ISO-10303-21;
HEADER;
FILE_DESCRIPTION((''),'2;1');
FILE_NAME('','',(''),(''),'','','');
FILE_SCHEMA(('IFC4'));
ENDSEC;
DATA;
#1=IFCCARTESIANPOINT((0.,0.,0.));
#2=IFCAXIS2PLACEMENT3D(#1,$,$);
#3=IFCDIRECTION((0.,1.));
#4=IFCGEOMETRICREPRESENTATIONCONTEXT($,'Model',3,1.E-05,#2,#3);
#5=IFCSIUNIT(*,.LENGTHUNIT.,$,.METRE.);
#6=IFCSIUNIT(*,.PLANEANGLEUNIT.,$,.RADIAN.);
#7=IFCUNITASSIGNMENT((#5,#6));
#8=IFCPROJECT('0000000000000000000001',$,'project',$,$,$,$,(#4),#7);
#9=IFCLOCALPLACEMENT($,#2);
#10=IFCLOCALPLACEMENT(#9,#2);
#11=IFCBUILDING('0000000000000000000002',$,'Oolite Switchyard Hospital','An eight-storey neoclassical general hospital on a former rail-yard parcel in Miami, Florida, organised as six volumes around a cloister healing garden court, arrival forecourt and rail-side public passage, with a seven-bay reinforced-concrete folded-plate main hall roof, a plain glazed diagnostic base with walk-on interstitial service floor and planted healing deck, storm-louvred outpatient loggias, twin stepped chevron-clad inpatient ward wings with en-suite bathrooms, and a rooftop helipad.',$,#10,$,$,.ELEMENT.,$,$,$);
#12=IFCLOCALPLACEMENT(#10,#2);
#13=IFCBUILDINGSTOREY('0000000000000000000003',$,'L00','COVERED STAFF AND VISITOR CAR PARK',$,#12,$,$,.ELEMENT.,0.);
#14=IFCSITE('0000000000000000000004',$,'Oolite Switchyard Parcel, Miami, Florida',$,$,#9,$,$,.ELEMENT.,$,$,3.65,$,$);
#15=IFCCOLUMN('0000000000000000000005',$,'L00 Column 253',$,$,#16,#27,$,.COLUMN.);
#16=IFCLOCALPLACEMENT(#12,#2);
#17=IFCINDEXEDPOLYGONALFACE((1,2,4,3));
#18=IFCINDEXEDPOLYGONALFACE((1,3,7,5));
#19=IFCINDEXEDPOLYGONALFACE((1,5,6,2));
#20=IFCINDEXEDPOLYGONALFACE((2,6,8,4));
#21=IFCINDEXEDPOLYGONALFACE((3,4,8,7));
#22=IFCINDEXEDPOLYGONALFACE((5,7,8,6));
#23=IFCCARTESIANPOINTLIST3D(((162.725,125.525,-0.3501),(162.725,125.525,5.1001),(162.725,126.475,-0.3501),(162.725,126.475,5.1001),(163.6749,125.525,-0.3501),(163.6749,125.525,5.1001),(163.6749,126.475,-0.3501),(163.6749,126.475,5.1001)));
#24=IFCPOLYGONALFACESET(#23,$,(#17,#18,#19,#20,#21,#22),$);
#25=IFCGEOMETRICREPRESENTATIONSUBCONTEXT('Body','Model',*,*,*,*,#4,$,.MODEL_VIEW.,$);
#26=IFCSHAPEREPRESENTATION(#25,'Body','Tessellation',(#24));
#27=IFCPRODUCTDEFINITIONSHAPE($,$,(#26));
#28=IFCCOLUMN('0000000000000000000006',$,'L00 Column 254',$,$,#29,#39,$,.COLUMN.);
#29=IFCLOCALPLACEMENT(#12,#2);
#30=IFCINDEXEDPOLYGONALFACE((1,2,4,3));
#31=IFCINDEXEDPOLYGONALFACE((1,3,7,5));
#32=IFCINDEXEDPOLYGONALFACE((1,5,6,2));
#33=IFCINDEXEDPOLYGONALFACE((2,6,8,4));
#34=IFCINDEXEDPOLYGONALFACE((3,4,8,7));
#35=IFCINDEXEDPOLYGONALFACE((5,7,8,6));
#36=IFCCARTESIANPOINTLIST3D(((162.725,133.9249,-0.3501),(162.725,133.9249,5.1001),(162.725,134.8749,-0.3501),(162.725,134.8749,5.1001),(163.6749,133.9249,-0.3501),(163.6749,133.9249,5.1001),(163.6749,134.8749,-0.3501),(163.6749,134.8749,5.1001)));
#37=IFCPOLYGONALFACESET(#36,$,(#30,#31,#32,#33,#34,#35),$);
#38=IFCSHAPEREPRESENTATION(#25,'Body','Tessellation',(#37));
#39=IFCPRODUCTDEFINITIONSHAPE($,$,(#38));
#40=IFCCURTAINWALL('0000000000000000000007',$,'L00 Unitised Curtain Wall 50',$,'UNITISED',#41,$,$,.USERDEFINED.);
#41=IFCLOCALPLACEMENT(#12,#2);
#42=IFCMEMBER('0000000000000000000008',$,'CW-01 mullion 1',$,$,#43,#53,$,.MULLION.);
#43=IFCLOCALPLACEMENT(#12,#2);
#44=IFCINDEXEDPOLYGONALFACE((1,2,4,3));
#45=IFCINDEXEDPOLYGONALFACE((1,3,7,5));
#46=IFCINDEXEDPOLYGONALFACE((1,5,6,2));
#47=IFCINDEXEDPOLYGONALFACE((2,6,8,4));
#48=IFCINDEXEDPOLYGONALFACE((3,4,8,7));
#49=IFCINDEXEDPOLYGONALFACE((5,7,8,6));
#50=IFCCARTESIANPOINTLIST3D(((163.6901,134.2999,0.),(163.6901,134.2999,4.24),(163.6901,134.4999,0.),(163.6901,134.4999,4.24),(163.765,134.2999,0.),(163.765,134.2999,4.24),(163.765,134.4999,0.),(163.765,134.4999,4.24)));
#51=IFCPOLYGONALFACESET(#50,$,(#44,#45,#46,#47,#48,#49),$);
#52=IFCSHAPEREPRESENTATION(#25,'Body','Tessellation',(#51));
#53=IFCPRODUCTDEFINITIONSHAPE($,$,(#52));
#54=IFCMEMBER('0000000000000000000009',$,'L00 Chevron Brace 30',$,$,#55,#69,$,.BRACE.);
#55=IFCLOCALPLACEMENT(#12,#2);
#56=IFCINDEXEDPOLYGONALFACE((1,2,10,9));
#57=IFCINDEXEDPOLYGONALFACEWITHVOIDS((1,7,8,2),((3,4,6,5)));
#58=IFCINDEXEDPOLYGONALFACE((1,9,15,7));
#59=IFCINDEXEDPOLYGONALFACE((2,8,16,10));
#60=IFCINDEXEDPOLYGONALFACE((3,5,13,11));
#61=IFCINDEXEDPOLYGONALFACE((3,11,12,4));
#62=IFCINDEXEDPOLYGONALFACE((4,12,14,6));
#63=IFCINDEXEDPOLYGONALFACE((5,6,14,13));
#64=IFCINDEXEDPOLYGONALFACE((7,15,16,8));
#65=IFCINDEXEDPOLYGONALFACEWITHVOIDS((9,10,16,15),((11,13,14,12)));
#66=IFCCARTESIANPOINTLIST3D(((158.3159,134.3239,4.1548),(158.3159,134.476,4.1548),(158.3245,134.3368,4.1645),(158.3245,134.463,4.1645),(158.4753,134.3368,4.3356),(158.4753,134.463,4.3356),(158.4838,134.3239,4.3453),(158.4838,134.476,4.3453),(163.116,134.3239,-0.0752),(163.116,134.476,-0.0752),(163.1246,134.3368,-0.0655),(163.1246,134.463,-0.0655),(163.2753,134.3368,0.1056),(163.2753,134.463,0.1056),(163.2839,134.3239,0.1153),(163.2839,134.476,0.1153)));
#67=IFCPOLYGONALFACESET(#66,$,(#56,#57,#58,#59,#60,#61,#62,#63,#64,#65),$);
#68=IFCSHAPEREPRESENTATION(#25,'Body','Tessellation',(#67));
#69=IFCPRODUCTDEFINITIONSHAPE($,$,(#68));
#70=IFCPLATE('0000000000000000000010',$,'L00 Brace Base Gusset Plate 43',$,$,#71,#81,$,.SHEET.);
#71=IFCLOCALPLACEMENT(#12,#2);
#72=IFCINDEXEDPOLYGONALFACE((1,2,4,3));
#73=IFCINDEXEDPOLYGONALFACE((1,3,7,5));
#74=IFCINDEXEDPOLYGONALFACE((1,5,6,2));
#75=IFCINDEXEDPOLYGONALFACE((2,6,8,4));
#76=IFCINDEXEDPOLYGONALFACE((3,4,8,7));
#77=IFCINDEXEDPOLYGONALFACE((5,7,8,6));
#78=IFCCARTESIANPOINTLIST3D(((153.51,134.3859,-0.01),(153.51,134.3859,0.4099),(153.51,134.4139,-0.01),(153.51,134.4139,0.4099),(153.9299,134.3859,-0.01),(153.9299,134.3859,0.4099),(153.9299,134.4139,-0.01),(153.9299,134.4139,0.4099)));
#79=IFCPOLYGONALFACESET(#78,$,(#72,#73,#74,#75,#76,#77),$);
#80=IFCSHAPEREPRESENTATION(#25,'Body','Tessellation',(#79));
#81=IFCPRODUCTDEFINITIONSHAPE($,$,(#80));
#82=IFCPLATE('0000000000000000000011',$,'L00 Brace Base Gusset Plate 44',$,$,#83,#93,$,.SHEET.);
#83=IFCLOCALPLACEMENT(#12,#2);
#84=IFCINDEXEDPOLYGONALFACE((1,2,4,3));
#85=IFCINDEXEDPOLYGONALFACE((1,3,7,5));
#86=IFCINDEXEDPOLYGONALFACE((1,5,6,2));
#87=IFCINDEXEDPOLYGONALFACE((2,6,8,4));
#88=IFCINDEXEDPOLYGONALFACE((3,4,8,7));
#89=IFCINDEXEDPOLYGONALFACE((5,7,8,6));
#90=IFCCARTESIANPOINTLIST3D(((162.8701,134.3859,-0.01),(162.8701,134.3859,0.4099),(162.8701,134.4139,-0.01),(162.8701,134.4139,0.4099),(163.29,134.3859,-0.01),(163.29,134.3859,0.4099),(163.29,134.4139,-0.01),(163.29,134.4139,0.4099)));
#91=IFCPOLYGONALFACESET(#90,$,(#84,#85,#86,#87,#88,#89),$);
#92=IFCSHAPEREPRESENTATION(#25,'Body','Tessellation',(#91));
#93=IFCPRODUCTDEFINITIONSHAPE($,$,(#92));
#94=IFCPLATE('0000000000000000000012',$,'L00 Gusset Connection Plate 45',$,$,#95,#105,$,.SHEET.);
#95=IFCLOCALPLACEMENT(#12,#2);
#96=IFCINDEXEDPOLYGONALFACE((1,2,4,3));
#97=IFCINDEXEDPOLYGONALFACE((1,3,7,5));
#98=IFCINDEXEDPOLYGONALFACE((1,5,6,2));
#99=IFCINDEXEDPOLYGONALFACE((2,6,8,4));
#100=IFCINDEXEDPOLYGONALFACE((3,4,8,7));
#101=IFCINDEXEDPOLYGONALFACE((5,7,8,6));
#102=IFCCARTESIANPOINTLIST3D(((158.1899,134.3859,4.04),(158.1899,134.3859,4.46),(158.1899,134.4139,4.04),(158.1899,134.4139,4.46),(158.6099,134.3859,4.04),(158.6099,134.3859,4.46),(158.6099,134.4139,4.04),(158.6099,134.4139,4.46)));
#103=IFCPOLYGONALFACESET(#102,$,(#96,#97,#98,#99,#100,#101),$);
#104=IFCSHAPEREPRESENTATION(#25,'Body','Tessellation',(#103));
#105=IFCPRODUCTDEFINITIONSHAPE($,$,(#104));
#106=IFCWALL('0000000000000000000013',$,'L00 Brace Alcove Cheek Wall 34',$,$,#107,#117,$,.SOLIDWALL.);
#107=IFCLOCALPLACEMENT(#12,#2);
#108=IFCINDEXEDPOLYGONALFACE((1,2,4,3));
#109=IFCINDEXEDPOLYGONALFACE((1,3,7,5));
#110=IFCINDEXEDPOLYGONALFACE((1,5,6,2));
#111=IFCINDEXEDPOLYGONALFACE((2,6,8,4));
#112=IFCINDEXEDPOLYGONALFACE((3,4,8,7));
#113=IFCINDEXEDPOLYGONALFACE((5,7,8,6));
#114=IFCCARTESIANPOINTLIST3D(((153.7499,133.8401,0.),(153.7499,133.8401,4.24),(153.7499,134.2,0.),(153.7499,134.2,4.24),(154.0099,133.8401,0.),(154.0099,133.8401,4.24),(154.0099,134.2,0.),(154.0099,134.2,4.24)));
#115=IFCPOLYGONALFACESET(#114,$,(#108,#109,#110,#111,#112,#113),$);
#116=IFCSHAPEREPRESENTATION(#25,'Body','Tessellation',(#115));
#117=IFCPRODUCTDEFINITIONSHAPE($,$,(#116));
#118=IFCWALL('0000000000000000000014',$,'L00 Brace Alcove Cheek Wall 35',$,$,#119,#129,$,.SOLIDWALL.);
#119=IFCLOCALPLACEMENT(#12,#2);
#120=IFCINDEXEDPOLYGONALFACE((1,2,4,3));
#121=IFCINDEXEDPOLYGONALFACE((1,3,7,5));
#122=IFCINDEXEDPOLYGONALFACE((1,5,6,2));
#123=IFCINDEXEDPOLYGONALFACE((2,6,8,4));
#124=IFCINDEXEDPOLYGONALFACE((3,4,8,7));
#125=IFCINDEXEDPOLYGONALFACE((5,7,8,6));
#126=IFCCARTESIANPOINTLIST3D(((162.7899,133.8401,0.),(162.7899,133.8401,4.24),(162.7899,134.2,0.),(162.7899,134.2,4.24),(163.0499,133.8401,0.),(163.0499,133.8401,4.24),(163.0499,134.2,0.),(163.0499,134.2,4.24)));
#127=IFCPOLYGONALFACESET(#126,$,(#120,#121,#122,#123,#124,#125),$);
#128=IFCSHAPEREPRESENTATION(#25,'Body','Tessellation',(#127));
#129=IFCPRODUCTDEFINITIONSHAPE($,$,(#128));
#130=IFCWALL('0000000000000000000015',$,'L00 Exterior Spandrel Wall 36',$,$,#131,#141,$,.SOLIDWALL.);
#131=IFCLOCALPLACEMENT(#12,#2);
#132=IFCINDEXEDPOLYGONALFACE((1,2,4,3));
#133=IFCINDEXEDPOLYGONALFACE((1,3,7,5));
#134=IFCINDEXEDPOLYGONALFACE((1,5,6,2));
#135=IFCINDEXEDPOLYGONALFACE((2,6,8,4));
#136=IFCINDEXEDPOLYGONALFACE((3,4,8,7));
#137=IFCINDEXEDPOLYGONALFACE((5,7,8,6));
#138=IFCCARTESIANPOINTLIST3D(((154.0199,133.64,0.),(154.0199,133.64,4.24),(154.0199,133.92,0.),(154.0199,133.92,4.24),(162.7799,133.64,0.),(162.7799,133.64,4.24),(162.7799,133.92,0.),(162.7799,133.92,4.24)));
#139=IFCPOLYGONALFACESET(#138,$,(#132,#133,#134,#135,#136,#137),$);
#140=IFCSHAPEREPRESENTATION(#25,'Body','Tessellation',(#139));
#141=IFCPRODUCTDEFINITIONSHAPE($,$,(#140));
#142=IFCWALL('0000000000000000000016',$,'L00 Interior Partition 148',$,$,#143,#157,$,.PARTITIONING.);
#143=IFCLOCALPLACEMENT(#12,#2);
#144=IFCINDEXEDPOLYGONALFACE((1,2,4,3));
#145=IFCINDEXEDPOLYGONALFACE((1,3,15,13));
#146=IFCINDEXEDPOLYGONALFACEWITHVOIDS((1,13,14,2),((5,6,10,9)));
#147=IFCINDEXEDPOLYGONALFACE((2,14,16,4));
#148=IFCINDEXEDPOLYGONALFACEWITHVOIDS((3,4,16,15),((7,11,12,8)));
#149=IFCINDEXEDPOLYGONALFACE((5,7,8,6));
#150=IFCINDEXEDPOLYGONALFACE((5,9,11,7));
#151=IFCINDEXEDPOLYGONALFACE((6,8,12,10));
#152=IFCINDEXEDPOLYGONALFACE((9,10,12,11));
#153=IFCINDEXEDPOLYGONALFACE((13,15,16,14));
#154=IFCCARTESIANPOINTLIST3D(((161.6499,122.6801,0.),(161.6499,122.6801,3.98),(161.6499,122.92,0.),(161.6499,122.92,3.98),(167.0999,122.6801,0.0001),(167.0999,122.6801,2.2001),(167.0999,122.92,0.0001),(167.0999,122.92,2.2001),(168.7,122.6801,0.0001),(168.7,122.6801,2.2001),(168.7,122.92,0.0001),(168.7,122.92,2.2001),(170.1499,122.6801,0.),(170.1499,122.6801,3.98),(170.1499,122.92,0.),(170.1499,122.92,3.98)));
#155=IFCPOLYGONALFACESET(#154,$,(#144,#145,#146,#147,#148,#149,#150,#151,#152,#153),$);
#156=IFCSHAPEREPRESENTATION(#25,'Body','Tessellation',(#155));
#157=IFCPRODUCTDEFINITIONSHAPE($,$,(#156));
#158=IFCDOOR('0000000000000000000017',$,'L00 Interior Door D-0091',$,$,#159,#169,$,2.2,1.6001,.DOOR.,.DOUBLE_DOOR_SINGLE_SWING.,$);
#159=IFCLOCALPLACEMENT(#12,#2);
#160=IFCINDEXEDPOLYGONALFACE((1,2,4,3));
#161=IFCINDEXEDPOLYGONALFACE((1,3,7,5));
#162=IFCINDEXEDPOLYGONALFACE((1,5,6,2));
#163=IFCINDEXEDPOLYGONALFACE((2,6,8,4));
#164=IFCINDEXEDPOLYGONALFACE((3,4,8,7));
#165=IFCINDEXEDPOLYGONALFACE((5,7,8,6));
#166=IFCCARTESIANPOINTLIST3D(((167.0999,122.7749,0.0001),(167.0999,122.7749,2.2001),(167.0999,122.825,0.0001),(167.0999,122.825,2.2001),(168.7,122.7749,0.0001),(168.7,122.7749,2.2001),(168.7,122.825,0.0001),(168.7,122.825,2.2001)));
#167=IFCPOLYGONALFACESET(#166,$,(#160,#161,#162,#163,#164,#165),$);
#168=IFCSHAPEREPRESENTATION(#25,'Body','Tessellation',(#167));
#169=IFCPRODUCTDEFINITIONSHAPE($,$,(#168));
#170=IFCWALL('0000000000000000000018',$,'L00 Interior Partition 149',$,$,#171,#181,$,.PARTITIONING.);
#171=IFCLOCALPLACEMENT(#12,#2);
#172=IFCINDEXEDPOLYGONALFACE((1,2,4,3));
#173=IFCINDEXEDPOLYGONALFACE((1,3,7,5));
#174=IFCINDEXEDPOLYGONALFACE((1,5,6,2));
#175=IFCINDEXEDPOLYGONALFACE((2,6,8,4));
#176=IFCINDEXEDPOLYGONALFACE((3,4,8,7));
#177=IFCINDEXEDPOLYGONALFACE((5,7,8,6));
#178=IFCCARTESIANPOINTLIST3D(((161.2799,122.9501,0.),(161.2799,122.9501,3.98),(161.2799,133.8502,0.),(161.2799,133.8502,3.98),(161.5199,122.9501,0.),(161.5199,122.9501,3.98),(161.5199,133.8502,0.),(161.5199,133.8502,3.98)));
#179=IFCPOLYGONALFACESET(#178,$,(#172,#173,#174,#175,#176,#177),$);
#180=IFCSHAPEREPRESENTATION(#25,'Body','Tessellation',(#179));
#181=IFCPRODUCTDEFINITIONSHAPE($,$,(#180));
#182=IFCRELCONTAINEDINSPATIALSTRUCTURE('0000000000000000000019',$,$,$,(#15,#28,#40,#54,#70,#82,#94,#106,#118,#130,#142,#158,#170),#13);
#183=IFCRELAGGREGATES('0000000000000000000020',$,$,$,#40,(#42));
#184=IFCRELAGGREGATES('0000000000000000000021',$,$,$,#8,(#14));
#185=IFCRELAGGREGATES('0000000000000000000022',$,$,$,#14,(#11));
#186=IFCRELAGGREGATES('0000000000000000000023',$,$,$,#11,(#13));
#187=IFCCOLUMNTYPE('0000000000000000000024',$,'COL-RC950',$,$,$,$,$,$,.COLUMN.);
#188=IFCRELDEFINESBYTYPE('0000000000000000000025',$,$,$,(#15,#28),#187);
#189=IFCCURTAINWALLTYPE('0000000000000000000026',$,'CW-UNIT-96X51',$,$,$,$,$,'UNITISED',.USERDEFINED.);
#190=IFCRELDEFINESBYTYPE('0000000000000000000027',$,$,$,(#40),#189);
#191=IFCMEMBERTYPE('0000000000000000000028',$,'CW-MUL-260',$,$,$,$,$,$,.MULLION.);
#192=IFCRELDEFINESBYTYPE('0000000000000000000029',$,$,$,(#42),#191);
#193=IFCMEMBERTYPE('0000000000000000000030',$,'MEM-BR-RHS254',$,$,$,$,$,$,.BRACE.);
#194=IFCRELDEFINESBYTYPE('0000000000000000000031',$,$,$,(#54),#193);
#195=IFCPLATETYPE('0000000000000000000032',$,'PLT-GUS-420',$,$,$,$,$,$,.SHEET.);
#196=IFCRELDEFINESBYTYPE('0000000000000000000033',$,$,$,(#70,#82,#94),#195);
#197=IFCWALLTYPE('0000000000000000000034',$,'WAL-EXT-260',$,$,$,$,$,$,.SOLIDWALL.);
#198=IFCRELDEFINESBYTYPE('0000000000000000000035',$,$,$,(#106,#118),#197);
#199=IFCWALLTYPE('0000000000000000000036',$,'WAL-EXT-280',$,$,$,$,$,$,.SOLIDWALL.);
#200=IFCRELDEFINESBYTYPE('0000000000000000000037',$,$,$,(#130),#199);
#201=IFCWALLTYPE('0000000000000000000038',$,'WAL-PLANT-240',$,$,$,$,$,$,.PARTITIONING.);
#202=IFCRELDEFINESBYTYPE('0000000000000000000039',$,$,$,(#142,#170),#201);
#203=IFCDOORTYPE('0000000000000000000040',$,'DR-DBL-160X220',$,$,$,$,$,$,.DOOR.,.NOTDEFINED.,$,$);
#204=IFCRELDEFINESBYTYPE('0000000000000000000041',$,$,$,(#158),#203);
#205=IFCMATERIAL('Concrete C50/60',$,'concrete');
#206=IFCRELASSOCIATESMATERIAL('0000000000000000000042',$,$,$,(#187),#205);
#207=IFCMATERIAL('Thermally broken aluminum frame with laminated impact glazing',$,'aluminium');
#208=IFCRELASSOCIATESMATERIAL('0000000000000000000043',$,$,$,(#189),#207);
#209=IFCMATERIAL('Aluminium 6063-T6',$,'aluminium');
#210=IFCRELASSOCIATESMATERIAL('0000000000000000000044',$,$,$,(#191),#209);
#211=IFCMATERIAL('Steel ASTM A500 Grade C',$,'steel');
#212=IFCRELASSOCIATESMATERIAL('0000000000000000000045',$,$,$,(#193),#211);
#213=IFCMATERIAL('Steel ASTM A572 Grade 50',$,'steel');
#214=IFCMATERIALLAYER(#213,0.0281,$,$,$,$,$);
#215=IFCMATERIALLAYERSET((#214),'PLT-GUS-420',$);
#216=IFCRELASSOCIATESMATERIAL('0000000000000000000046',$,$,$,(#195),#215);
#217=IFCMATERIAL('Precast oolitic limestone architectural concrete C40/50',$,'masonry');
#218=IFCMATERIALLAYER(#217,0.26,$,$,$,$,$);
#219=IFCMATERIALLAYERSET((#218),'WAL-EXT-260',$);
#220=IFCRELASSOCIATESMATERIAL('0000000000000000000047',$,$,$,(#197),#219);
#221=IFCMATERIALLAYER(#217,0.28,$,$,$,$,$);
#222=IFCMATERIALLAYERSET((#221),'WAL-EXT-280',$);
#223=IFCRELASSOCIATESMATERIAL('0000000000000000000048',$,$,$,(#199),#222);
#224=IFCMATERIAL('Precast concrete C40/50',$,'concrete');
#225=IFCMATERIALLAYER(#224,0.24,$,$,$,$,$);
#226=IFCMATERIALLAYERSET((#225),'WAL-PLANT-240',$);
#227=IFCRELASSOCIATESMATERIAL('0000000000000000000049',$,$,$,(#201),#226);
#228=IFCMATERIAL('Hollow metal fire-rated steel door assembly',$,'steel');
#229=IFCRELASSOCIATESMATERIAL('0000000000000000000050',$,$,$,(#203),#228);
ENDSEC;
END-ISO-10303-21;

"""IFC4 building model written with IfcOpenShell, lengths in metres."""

from ifc_helpers import new_model, si_unit, direction, frame, frame_2d, origin, origin_2d, place, context, subcontext, project, spatial, rectangle, hollow_rectangle, extrude, material, layer, layer_set, material_profile, profile_set, type_object, element, fill, aggregate, save


model = new_model("IFC4")

# Units and contexts
model_context = context("Model", 3, precision=1e-05, world=origin(), true_north=direction((0.0, 1.0)))
body_context = subcontext(model_context, "Body", "Model", "MODEL_VIEW")
ifc_project = project(units=[si_unit("LENGTHUNIT", "METRE"), si_unit("PLANEANGLEUNIT", "RADIAN")], contexts=[model_context])

# Site, building, storey
site_placement = place(None, origin())
site = spatial("IfcSite", under=ifc_project, at=site_placement, Name="Oolite Switchyard Parcel, Miami, Florida", CompositionType="ELEMENT", RefElevation=3.65)
building_placement = place(site_placement, origin())
building = spatial("IfcBuilding", under=site, at=building_placement, Name="Oolite Switchyard Hospital", Description="An eight-storey neoclassical general hospital on a former rail-yard parcel in Miami, Florida, organised as six volumes around a cloister healing garden court, arrival forecourt and rail-side public passage, with a seven-bay reinforced-concrete folded-plate main hall roof, a plain glazed diagnostic base with walk-on interstitial service floor and planted healing deck, storm-louvred outpatient loggias, twin stepped chevron-clad inpatient ward wings with en-suite bathrooms, and a rooftop helipad.", CompositionType="ELEMENT")
storey_placement = place(building_placement, origin())
storey = spatial("IfcBuildingStorey", under=building, at=storey_placement, Name="L00", Description="COVERED STAFF AND VISITOR CAR PARK", CompositionType="ELEMENT", Elevation=0.0)

# Columns
ifc_material_1 = material(Name="Concrete C50/60", Category="concrete")
ifc_material_profile_1 = material_profile(ifc_material_1, rectangle(XDim=0.95, YDim=0.95, at=origin_2d()), Name="RC950X950")
ifc_profile_set_1 = profile_set([ifc_material_profile_1], Name="Concrete C50/60")
column_type = type_object("IfcColumnType", Name="COL-RC950", PredefinedType="COLUMN", material=ifc_profile_set_1)
for number, where, z_axis, x_axis, name in (
    (1, (163.2, 126.0, -0.3501), (0.0, 0.0, 1.0), (1.0, 0.0, 0.0), "L00 Column 253"),
    (2, (163.2, 134.3999, -0.3501), (0.0, 0.0, 1.0), (1.0, 0.0, 0.0), "L00 Column 254"),
):
    element("IfcColumn", number, at=place(storey_placement, frame(where, z_axis=z_axis, x_axis=x_axis)), inside=storey, type_object=column_type, Name=name, PredefinedType="COLUMN", context=body_context, shape_type="SweptSolid", body=[
        extrude(rectangle(XDim=0.95, YDim=0.95, at=origin_2d()), origin(), (0.0, 0.0, 1.0), 5.4502),
    ])

# Curtain wall, member
ifc_material_2 = material(Name="Thermally broken aluminum frame with laminated impact glazing", Category="aluminium")
curtain_wall_type = type_object("IfcCurtainWallType", Name="CW-UNIT-96X51", ElementType="UNITISED", PredefinedType="USERDEFINED", material=ifc_material_2)
curtain_wall_placement = place(storey_placement, origin())
curtain_wall = element("IfcCurtainWall", 3, at=curtain_wall_placement, inside=storey, type_object=curtain_wall_type, Name="L00 Unitised Curtain Wall 50", ObjectType="UNITISED", PredefinedType="USERDEFINED")
ifc_material_3 = material(Name="Aluminium 6063-T6", Category="aluminium")
ifc_material_profile_2 = material_profile(ifc_material_3, rectangle(XDim=0.2, YDim=0.075, at=origin_2d()), Name="CWM75X200")
ifc_profile_set_2 = profile_set([ifc_material_profile_2], Name="Aluminium 6063-T6")
member_type_1 = type_object("IfcMemberType", Name="CW-MUL-260", PredefinedType="MULLION", material=ifc_profile_set_2)
member_1_placement = place(storey_placement, frame((163.7275, 134.3999, 0.0), z_axis=(0.0, 0.0, 1.0), x_axis=(0.0, 1.0, 0.0)))
member_1 = element("IfcMember", 4, at=member_1_placement, type_object=member_type_1, Name="CW-01 mullion 1", PredefinedType="MULLION", context=body_context, shape_type="SweptSolid", body=[
    extrude(rectangle(XDim=0.2, YDim=0.075, at=origin_2d()), origin(), (0.0, 0.0, 1.0), 4.24),
])
aggregate(curtain_wall, [member_1])

# Member
ifc_material_4 = material(Name="Steel ASTM A500 Grade C", Category="steel")
ifc_material_profile_3 = material_profile(ifc_material_4, hollow_rectangle(XDim=0.1521, YDim=0.2539, WallThickness=0.0129, at=origin_2d()), Name="HSS254X152X13")
ifc_profile_set_3 = profile_set([ifc_material_profile_3], Name="Steel ASTM A500 Grade C")
member_type_2 = type_object("IfcMemberType", Name="MEM-BR-RHS254", PredefinedType="BRACE", material=ifc_profile_set_3)
member_2_placement = place(storey_placement, frame((163.2, 134.3999, 0.02), z_axis=(-0.750253, 0.0, 0.661151), x_axis=(0.0, -1.0, 0.0)))
element("IfcMember", 5, at=member_2_placement, inside=storey, type_object=member_type_2, Name="L00 Chevron Brace 30", PredefinedType="BRACE", context=body_context, shape_type="SweptSolid", body=[
    extrude(hollow_rectangle(XDim=0.1521, YDim=0.2539, WallThickness=0.0129, at=origin_2d()), origin(), (0.0, 0.0, 1.0), 6.3979),
])

# Plates
ifc_material_5 = material(Name="Steel ASTM A572 Grade 50", Category="steel")
ifc_layer_1 = layer(ifc_material_5, 0.0281)
ifc_layer_set_1 = layer_set([ifc_layer_1], Name="PLT-GUS-420")
plate_type = type_object("IfcPlateType", Name="PLT-GUS-420", PredefinedType="SHEET", material=ifc_layer_set_1)
for number, where, z_axis, x_axis, name in (
    (6, (153.72, 134.3999, -0.01), (0.0, 0.0, 1.0), (1.0, 0.0, 0.0), "L00 Brace Base Gusset Plate 43"),
    (7, (163.0801, 134.3999, -0.01), (0.0, 0.0, 1.0), (1.0, 0.0, 0.0), "L00 Brace Base Gusset Plate 44"),
    (8, (158.3999, 134.3999, 4.04), (0.0, 0.0, 1.0), (1.0, 0.0, 0.0), "L00 Gusset Connection Plate 45"),
):
    element("IfcPlate", number, at=place(storey_placement, frame(where, z_axis=z_axis, x_axis=x_axis)), inside=storey, type_object=plate_type, Name=name, PredefinedType="SHEET", context=body_context, shape_type="SweptSolid", body=[
        extrude(rectangle(XDim=0.4199, YDim=0.0281, at=origin_2d()), origin(), (0.0, 0.0, 1.0), 0.4199),
    ])

# Walls
ifc_material_6 = material(Name="Precast oolitic limestone architectural concrete C40/50", Category="masonry")
ifc_layer_2 = layer(ifc_material_6, 0.26)
ifc_layer_set_2 = layer_set([ifc_layer_2], Name="WAL-EXT-260")
wall_type_1 = type_object("IfcWallType", Name="WAL-EXT-260", PredefinedType="SOLIDWALL", material=ifc_layer_set_2)
for number, where, z_axis, x_axis, name in (
    (9, (153.8799, 134.2, 0.0), (0.0, 0.0, 1.0), (0.0, -1.0, 0.0), "L00 Brace Alcove Cheek Wall 34"),
    (10, (162.9199, 134.2, 0.0), (0.0, 0.0, 1.0), (0.0, -1.0, 0.0), "L00 Brace Alcove Cheek Wall 35"),
):
    element("IfcWall", number, at=place(storey_placement, frame(where, z_axis=z_axis, x_axis=x_axis)), inside=storey, type_object=wall_type_1, Name=name, PredefinedType="SOLIDWALL", context=body_context, shape_type="SweptSolid", body=[
        extrude(rectangle(XDim=0.3599, YDim=0.26, at=frame_2d((0.1799, 0.0))), origin(), (0.0, 0.0, 1.0), 4.24),
    ])
ifc_layer_3 = layer(ifc_material_6, 0.28)
ifc_layer_set_3 = layer_set([ifc_layer_3], Name="WAL-EXT-280")
wall_type_2 = type_object("IfcWallType", Name="WAL-EXT-280", PredefinedType="SOLIDWALL", material=ifc_layer_set_3)
wall_1_placement = place(storey_placement, frame((154.02, 133.78, 0.0), z_axis=(0.0, 0.0, 1.0), x_axis=(1.0, 0.0, 0.0)))
element("IfcWall", 11, at=wall_1_placement, inside=storey, type_object=wall_type_2, Name="L00 Exterior Spandrel Wall 36", PredefinedType="SOLIDWALL", context=body_context, shape_type="SweptSolid", body=[
    extrude(rectangle(XDim=8.76, YDim=0.28, at=frame_2d((4.3799, 0.0))), origin(), (0.0, 0.0, 1.0), 4.24),
])

# Wall, opening, door
ifc_material_7 = material(Name="Precast concrete C40/50", Category="concrete")
ifc_layer_4 = layer(ifc_material_7, 0.24)
ifc_layer_set_4 = layer_set([ifc_layer_4], Name="WAL-PLANT-240")
wall_type_3 = type_object("IfcWallType", Name="WAL-PLANT-240", PredefinedType="PARTITIONING", material=ifc_layer_set_4)
wall_2_placement = place(storey_placement, frame((161.6499, 122.8, 0.0), z_axis=(0.0, 0.0, 1.0), x_axis=(1.0, 0.0, 0.0)))
wall_2 = element("IfcWall", 12, at=wall_2_placement, inside=storey, type_object=wall_type_3, Name="L00 Interior Partition 148", PredefinedType="PARTITIONING", context=body_context, shape_type="SweptSolid", body=[
    extrude(rectangle(XDim=8.5, YDim=0.24, at=frame_2d((4.25, 0.0))), origin(), (0.0, 0.0, 1.0), 3.98),
])
opening_placement = place(wall_2_placement, frame((5.45, 0.0, 0.0)))
opening = element("IfcOpeningElement", 13, at=opening_placement, cuts=wall_2, PredefinedType="OPENING", context=body_context, shape_type="SweptSolid", body=[
    extrude(rectangle(XDim=1.6001, YDim=2.2, at=frame_2d((0.8, 1.1001))), frame((0.0, 0.1299, 0.0), z_axis=(0.0, -1.0, 0.0), x_axis=(1.0, 0.0, 0.0)), (0.0, 0.0, 1.0), 0.26),
])
ifc_material_8 = material(Name="Hollow metal fire-rated steel door assembly", Category="steel")
door_type = type_object("IfcDoorType", Name="DR-DBL-160X220", OperationType="NOTDEFINED", PredefinedType="DOOR", material=ifc_material_8)
door_placement = place(opening_placement, origin())
door = element("IfcDoor", 14, at=door_placement, inside=storey, type_object=door_type, Name="L00 Interior Door D-0091", OperationType="DOUBLE_DOOR_SINGLE_SWING", OverallHeight=2.2, OverallWidth=1.6001, PredefinedType="DOOR", context=body_context, shape_type="SweptSolid", body=[
    extrude(rectangle(XDim=1.6001, YDim=2.2, at=frame_2d((0.8, 1.1001))), frame((0.0, 0.0249, 0.0), z_axis=(0.0, -1.0, 0.0), x_axis=(1.0, 0.0, 0.0)), (0.0, 0.0, 1.0), 0.05),
])
fill(opening, door)

# Wall
wall_3_placement = place(storey_placement, frame((161.3999, 122.95, 0.0), z_axis=(0.0, 0.0, 1.0), x_axis=(0.0, 1.0, 0.0)))
element("IfcWall", 15, at=wall_3_placement, inside=storey, type_object=wall_type_3, Name="L00 Interior Partition 149", PredefinedType="PARTITIONING", context=body_context, shape_type="SweptSolid", body=[
    extrude(rectangle(XDim=10.9001, YDim=0.24, at=frame_2d((5.4502, 0.0))), origin(), (0.0, 0.0, 1.0), 3.98),
])

save(model, "model.ifc")
